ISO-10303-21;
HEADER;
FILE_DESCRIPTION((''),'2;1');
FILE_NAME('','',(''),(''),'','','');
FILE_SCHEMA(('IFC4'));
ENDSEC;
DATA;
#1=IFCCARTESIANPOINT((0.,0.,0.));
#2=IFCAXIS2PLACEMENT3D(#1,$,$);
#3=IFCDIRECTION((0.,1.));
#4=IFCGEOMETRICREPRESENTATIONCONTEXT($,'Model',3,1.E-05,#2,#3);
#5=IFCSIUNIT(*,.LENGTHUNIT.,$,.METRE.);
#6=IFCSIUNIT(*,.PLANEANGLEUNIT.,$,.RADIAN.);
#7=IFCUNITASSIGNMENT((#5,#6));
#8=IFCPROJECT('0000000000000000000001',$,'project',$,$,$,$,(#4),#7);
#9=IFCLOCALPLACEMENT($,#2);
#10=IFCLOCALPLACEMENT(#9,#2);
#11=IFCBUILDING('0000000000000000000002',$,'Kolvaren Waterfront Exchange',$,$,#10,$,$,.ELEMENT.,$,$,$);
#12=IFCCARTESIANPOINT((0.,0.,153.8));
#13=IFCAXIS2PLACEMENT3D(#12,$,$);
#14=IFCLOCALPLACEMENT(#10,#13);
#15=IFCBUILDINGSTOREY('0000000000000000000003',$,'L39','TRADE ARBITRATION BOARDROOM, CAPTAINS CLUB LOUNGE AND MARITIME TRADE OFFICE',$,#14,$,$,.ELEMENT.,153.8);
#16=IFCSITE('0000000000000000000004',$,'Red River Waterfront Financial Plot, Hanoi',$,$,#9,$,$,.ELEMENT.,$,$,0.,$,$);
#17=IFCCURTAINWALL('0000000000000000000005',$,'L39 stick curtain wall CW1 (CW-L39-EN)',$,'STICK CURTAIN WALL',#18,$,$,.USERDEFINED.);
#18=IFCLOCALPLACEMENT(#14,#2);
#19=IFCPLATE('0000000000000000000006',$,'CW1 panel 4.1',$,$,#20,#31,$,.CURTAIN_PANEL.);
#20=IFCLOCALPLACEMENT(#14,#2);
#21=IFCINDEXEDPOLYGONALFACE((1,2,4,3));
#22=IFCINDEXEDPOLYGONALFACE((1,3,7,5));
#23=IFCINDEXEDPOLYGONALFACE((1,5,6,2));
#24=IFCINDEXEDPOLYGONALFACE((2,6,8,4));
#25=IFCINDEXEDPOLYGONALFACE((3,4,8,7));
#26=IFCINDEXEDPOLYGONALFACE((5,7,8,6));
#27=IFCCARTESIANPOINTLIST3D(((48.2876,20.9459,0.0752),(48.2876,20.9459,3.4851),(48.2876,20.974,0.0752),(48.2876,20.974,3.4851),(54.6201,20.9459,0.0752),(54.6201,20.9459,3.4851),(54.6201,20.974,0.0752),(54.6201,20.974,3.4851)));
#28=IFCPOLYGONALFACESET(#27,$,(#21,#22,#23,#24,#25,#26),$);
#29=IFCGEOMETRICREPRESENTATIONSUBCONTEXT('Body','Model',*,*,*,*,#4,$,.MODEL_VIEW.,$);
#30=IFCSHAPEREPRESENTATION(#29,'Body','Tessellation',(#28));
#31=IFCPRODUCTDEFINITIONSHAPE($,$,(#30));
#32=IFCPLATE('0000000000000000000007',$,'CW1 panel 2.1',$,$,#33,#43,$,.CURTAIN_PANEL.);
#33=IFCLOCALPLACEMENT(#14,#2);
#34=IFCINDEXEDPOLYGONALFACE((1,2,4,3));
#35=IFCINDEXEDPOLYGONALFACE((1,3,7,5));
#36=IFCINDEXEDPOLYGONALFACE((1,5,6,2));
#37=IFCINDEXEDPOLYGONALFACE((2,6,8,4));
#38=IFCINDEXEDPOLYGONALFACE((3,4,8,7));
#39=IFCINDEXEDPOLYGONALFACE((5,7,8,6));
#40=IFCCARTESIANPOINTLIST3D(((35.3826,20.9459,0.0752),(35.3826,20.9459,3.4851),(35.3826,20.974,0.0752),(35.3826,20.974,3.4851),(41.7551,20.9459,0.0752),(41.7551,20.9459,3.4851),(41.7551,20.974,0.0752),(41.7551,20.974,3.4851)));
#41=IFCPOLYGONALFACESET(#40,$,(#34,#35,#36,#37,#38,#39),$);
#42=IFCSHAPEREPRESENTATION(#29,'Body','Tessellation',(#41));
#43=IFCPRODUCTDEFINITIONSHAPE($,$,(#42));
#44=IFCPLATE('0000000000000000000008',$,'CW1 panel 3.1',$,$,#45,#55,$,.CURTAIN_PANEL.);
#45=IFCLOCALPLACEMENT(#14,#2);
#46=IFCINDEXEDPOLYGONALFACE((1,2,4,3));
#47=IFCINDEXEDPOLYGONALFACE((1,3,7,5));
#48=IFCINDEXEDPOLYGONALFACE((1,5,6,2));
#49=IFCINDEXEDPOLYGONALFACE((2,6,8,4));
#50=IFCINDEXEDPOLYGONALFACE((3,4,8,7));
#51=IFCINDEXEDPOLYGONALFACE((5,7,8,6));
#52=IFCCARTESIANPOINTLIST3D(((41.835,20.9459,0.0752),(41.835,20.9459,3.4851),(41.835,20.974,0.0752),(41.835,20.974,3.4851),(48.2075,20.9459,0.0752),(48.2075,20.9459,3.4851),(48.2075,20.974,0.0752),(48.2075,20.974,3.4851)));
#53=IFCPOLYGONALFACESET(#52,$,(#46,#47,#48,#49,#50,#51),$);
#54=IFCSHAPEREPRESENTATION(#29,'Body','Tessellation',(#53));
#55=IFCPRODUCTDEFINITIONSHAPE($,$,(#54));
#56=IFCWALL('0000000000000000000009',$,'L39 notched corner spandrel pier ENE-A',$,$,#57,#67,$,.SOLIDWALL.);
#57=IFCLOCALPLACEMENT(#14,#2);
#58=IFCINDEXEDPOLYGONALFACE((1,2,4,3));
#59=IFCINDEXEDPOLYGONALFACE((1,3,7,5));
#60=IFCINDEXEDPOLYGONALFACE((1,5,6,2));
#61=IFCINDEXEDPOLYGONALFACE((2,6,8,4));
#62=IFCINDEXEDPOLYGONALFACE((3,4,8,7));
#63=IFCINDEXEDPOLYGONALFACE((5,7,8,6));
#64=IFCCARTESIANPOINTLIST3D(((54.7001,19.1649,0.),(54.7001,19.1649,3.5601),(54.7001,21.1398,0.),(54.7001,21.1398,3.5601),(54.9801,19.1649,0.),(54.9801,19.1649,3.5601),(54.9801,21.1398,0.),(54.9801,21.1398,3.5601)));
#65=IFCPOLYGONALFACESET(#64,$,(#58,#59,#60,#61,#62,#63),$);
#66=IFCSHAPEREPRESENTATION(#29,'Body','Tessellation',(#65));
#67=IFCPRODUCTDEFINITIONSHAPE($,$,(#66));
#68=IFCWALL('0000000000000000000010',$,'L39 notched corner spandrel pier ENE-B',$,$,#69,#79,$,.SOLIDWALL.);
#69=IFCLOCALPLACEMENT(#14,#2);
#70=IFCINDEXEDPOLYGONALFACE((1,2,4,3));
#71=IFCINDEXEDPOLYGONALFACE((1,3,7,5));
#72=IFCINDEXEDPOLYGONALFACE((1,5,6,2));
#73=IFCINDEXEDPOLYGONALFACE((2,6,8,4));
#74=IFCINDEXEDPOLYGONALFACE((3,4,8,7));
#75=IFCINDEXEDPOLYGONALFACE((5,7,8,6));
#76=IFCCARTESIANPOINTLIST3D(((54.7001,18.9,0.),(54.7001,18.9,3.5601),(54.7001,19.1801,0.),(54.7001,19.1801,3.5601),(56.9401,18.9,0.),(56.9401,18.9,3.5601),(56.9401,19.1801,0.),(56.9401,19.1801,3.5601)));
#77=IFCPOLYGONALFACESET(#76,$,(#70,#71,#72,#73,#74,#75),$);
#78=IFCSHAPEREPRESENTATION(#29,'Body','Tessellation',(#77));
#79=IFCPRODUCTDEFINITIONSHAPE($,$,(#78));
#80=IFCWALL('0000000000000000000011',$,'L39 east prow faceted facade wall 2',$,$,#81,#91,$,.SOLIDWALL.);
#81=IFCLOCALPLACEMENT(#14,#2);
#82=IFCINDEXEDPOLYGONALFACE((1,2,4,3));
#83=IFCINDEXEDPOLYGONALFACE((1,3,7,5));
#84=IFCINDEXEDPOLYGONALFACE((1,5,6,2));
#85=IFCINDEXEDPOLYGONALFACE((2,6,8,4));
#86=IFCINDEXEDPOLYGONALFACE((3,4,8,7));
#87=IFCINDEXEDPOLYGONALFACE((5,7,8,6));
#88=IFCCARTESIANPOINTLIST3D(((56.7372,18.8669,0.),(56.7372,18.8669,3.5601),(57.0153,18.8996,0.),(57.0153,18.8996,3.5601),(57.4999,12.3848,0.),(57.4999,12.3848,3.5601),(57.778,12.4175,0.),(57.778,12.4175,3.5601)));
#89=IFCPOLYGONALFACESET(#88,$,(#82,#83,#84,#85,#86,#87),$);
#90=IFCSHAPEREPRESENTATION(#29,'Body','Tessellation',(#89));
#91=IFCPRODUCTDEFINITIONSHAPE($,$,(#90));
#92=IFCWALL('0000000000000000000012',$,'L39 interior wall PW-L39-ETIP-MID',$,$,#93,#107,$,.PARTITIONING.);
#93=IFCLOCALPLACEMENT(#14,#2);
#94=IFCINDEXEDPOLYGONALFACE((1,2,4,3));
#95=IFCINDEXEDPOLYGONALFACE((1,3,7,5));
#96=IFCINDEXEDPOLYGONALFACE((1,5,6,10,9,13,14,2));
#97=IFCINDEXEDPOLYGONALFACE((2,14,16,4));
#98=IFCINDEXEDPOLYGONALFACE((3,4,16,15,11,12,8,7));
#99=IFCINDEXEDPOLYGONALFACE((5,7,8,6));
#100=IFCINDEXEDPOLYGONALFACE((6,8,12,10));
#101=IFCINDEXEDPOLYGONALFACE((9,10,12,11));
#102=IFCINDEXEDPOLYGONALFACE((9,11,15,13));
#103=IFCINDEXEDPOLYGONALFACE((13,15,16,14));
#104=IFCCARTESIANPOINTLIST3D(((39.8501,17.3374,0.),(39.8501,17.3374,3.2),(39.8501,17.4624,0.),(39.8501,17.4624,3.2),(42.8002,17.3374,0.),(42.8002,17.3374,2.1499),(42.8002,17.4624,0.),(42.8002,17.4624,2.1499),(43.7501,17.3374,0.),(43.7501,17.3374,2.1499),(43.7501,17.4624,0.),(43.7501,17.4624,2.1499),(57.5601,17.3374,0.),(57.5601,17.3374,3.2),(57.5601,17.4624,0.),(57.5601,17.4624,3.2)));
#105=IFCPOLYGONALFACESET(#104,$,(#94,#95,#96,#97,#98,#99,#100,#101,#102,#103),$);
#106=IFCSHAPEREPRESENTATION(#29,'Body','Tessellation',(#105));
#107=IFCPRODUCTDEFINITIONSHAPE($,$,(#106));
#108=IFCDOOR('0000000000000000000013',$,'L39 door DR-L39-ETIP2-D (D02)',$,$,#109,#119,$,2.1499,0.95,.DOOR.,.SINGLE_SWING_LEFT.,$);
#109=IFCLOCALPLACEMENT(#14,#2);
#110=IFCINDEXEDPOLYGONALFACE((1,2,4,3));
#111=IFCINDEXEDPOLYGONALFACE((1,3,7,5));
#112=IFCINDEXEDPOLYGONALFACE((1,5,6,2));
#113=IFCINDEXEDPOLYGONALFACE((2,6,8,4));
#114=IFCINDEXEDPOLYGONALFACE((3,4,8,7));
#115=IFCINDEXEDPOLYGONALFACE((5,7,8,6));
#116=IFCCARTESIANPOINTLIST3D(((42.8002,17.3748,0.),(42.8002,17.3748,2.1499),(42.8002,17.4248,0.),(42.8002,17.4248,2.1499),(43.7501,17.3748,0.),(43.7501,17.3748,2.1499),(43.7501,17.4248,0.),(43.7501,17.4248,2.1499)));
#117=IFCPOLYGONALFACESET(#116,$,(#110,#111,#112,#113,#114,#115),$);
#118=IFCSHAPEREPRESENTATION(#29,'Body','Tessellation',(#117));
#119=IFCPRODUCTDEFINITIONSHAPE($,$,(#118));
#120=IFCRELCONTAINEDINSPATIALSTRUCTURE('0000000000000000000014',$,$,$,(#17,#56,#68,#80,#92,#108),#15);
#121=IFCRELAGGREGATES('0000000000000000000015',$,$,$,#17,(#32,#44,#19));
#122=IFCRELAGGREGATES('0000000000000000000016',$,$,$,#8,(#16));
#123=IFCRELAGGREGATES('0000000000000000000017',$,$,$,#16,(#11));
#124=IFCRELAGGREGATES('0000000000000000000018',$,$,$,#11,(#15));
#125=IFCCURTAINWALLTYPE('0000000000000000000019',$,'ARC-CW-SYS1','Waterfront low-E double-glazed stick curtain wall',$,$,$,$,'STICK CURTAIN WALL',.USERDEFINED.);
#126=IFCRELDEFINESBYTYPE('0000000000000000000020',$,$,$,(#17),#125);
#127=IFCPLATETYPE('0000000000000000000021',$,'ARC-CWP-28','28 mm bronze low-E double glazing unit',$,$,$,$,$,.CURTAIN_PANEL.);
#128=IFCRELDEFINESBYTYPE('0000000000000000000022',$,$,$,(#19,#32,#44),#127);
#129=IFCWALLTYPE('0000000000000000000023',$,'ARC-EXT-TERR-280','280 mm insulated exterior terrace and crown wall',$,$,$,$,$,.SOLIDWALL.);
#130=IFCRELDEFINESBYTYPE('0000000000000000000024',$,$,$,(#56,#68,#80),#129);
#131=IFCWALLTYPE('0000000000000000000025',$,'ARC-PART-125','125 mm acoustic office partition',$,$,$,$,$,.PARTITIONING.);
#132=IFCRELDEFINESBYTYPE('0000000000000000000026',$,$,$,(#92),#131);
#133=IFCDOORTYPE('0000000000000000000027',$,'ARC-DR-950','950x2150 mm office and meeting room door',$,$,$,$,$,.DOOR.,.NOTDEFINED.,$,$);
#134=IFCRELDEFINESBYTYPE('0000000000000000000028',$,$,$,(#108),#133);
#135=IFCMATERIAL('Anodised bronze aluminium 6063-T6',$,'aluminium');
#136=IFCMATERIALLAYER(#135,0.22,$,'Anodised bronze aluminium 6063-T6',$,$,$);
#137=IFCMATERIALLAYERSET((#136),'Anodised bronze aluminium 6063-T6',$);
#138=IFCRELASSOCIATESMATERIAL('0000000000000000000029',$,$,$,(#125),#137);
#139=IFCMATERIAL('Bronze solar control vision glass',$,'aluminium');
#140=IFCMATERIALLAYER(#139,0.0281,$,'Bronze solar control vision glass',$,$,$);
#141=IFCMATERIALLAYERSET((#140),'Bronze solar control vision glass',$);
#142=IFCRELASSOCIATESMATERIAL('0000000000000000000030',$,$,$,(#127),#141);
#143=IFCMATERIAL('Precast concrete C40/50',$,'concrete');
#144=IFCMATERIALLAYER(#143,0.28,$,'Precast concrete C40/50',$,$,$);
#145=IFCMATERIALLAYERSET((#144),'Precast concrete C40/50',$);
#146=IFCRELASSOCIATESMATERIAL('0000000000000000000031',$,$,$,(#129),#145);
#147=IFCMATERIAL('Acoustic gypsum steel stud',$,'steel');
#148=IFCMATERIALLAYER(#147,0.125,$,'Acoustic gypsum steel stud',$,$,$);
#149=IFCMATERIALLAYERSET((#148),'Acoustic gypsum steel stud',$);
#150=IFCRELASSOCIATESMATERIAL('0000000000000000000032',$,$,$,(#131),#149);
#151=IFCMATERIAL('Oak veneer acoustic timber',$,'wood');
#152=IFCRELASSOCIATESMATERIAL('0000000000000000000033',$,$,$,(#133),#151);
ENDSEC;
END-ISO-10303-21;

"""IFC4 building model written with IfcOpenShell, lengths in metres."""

from ifc_helpers import new_model, si_unit, direction, frame, frame_2d, origin, origin_with_axes, origin_2d, place, context, subcontext, project, spatial, rectangle, extrude, source, transform, mapped, material, layer, layer_set, type_object, element, fill, aggregate, save


model = new_model("IFC4")

# Units and contexts
model_context = context("Model", 3, precision=1e-05, world=origin(), true_north=direction((0.0, 1.0)))
body_context = subcontext(model_context, "Body", "Model", "MODEL_VIEW")
ifc_project = project(units=[si_unit("LENGTHUNIT", "METRE"), si_unit("PLANEANGLEUNIT", "RADIAN")], contexts=[model_context])

# Site, building, storey
site_placement = place(None, origin())
site = spatial("IfcSite", under=ifc_project, at=site_placement, Name="Red River Waterfront Financial Plot, Hanoi", CompositionType="ELEMENT", RefElevation=0.0)
building_placement = place(site_placement, origin())
building = spatial("IfcBuilding", under=site, at=building_placement, Name="Kolvaren Waterfront Exchange", CompositionType="ELEMENT")
storey_placement = place(building_placement, frame((0.0, 0.0, 153.8)))
storey = spatial("IfcBuildingStorey", under=building, at=storey_placement, Name="L39", Description="TRADE ARBITRATION BOARDROOM, CAPTAINS CLUB LOUNGE AND MARITIME TRADE OFFICE", CompositionType="ELEMENT", Elevation=153.8)

# Curtain wall, plates
ifc_material_1 = material(Name="Anodised bronze aluminium 6063-T6", Category="aluminium")
ifc_layer_1 = layer(ifc_material_1, 0.22, Name="Anodised bronze aluminium 6063-T6")
ifc_layer_set_1 = layer_set([ifc_layer_1], Name="Anodised bronze aluminium 6063-T6")
curtain_wall_type = type_object("IfcCurtainWallType", Name="ARC-CW-SYS1", Description="Waterfront low-E double-glazed stick curtain wall", ElementType="STICK CURTAIN WALL", PredefinedType="USERDEFINED", material=ifc_layer_set_1)
curtain_wall_placement = place(storey_placement, origin())
curtain_wall = element("IfcCurtainWall", 1, at=curtain_wall_placement, inside=storey, type_object=curtain_wall_type, Name="L39 stick curtain wall CW1 (CW-L39-EN)", ObjectType="STICK CURTAIN WALL", PredefinedType="USERDEFINED")
ifc_material_2 = material(Name="Bronze solar control vision glass", Category="aluminium")
ifc_layer_2 = layer(ifc_material_2, 0.0281, Name="Bronze solar control vision glass")
ifc_layer_set_2 = layer_set([ifc_layer_2], Name="Bronze solar control vision glass")
plate_type = type_object("IfcPlateType", Name="ARC-CWP-28", Description="28 mm bronze low-E double glazing unit", PredefinedType="CURTAIN_PANEL", material=ifc_layer_set_2)
shared_shape_1 = source(origin_with_axes(), body_context, "Body", "SweptSolid", [
    extrude(rectangle(XDim=6.3325, YDim=0.0281, at=origin_2d()), origin(), (0.0, 0.0, 1.0), 3.4099),
])
plate_1_placement = place(storey_placement, frame((51.4539, 20.96, 0.0752), z_axis=(0.0, 0.0, 1.0), x_axis=(1.0, 0.0, 0.0)))
plate_1 = element("IfcPlate", 2, at=plate_1_placement, type_object=plate_type, Name="CW1 panel 4.1", PredefinedType="CURTAIN_PANEL", context=body_context, shape_type="MappedRepresentation", body=[
    mapped(shared_shape_1, transform((0.0, 0.0, 0.0), x_axis=(1.0, 0.0, 0.0), y_axis=(0.0, 1.0, 0.0), z_axis=(0.0, 0.0, 1.0), scale=1.0)),
])
shared_shape_2 = source(origin_with_axes(), body_context, "Body", "SweptSolid", [
    extrude(rectangle(XDim=6.3726, YDim=0.0281, at=origin_2d()), origin(), (0.0, 0.0, 1.0), 3.4099),
])
plate_2_placement = place(storey_placement, frame((38.5688, 20.96, 0.0752), z_axis=(0.0, 0.0, 1.0), x_axis=(1.0, 0.0, 0.0)))
plate_2 = element("IfcPlate", 3, at=plate_2_placement, type_object=plate_type, Name="CW1 panel 2.1", PredefinedType="CURTAIN_PANEL", context=body_context, shape_type="MappedRepresentation", body=[
    mapped(shared_shape_2, transform((0.0, 0.0, 0.0), x_axis=(1.0, 0.0, 0.0), y_axis=(0.0, 1.0, 0.0), z_axis=(0.0, 0.0, 1.0), scale=1.0)),
])
plate_3_placement = place(storey_placement, frame((45.0212, 20.96, 0.0752), z_axis=(0.0, 0.0, 1.0), x_axis=(1.0, 0.0, 0.0)))
plate_3 = element("IfcPlate", 4, at=plate_3_placement, type_object=plate_type, Name="CW1 panel 3.1", PredefinedType="CURTAIN_PANEL", context=body_context, shape_type="MappedRepresentation", body=[
    mapped(shared_shape_2, transform((0.0, 0.0, 0.0), x_axis=(1.0, 0.0, 0.0), y_axis=(0.0, 1.0, 0.0), z_axis=(0.0, 0.0, 1.0), scale=1.0)),
])
aggregate(curtain_wall, [plate_2, plate_3, plate_1])

# Walls
ifc_material_3 = material(Name="Precast concrete C40/50", Category="concrete")
ifc_layer_3 = layer(ifc_material_3, 0.28, Name="Precast concrete C40/50")
ifc_layer_set_3 = layer_set([ifc_layer_3], Name="Precast concrete C40/50")
wall_type_1 = type_object("IfcWallType", Name="ARC-EXT-TERR-280", Description="280 mm insulated exterior terrace and crown wall", PredefinedType="SOLIDWALL", material=ifc_layer_set_3)
wall_1_placement = place(storey_placement, frame((54.8401, 19.165, 0.0), z_axis=(0.0, 0.0, 1.0), x_axis=(0.0, 1.0, 0.0)))
element("IfcWall", 5, at=wall_1_placement, inside=storey, type_object=wall_type_1, Name="L39 notched corner spandrel pier ENE-A", PredefinedType="SOLIDWALL", context=body_context, shape_type="SweptSolid", body=[
    extrude(rectangle(XDim=1.9749, YDim=0.28, at=frame_2d((0.9873, 0.0))), origin(), (0.0, 0.0, 1.0), 3.5601),
])
wall_2_placement = place(storey_placement, frame((54.7, 19.04, 0.0), z_axis=(0.0, 0.0, 1.0), x_axis=(1.0, 0.0, 0.0)))
element("IfcWall", 6, at=wall_2_placement, inside=storey, type_object=wall_type_1, Name="L39 notched corner spandrel pier ENE-B", PredefinedType="SOLIDWALL", context=body_context, shape_type="SweptSolid", body=[
    extrude(rectangle(XDim=2.24, YDim=0.28, at=frame_2d((1.1201, 0.0))), origin(), (0.0, 0.0, 1.0), 3.5601),
])
wall_3_placement = place(storey_placement, frame((57.6389, 12.4011, 0.0), z_axis=(0.0, 0.0, 1.0), x_axis=(-0.116854, 0.993149, 0.0)))
element("IfcWall", 7, at=wall_3_placement, inside=storey, type_object=wall_type_1, Name="L39 east prow faceted facade wall 2", PredefinedType="SOLIDWALL", context=body_context, shape_type="SweptSolid", body=[
    extrude(rectangle(XDim=6.5269, YDim=0.28, at=frame_2d((3.2634, 0.0))), origin(), (0.0, 0.0, 1.0), 3.5601),
])

# Wall, opening, door
ifc_material_4 = material(Name="Acoustic gypsum steel stud", Category="steel")
ifc_layer_4 = layer(ifc_material_4, 0.125, Name="Acoustic gypsum steel stud")
ifc_layer_set_4 = layer_set([ifc_layer_4], Name="Acoustic gypsum steel stud")
wall_type_2 = type_object("IfcWallType", Name="ARC-PART-125", Description="125 mm acoustic office partition", PredefinedType="PARTITIONING", material=ifc_layer_set_4)
wall_4_placement = place(storey_placement, frame((39.8501, 17.3999, 0.0), z_axis=(0.0, 0.0, 1.0), x_axis=(1.0, 0.0, 0.0)))
wall_4 = element("IfcWall", 8, at=wall_4_placement, inside=storey, type_object=wall_type_2, Name="L39 interior wall PW-L39-ETIP-MID", PredefinedType="PARTITIONING", context=body_context, shape_type="SweptSolid", body=[
    extrude(rectangle(XDim=17.71, YDim=0.125, at=frame_2d((8.855, 0.0))), origin(), (0.0, 0.0, 1.0), 3.2),
])
opening_placement = place(wall_4_placement, frame((2.95, 0.0, 0.0)))
opening = element("IfcOpeningElement", 9, at=opening_placement, cuts=wall_4, PredefinedType="OPENING", context=body_context, shape_type="SweptSolid", body=[
    extrude(rectangle(XDim=0.95, YDim=2.1499, at=frame_2d((0.4751, 1.075))), frame((0.0, 0.0725, 0.0), z_axis=(0.0, -1.0, 0.0), x_axis=(1.0, 0.0, 0.0)), (0.0, 0.0, 1.0), 0.145),
])
ifc_material_5 = material(Name="Oak veneer acoustic timber", Category="wood")
door_type = type_object("IfcDoorType", Name="ARC-DR-950", Description="950x2150 mm office and meeting room door", OperationType="NOTDEFINED", PredefinedType="DOOR", material=ifc_material_5)
door_placement = place(opening_placement, origin())
door = element("IfcDoor", 10, at=door_placement, inside=storey, type_object=door_type, Name="L39 door DR-L39-ETIP2-D (D02)", OperationType="SINGLE_SWING_LEFT", OverallHeight=2.1499, OverallWidth=0.95, PredefinedType="DOOR", context=body_context, shape_type="SweptSolid", body=[
    extrude(rectangle(XDim=0.95, YDim=2.1499, at=frame_2d((0.4751, 1.075))), frame((0.0, 0.0249, 0.0), z_axis=(0.0, -1.0, 0.0), x_axis=(1.0, 0.0, 0.0)), (0.0, 0.0, 1.0), 0.05),
])
fill(opening, door)

save(model, "model.ifc")
